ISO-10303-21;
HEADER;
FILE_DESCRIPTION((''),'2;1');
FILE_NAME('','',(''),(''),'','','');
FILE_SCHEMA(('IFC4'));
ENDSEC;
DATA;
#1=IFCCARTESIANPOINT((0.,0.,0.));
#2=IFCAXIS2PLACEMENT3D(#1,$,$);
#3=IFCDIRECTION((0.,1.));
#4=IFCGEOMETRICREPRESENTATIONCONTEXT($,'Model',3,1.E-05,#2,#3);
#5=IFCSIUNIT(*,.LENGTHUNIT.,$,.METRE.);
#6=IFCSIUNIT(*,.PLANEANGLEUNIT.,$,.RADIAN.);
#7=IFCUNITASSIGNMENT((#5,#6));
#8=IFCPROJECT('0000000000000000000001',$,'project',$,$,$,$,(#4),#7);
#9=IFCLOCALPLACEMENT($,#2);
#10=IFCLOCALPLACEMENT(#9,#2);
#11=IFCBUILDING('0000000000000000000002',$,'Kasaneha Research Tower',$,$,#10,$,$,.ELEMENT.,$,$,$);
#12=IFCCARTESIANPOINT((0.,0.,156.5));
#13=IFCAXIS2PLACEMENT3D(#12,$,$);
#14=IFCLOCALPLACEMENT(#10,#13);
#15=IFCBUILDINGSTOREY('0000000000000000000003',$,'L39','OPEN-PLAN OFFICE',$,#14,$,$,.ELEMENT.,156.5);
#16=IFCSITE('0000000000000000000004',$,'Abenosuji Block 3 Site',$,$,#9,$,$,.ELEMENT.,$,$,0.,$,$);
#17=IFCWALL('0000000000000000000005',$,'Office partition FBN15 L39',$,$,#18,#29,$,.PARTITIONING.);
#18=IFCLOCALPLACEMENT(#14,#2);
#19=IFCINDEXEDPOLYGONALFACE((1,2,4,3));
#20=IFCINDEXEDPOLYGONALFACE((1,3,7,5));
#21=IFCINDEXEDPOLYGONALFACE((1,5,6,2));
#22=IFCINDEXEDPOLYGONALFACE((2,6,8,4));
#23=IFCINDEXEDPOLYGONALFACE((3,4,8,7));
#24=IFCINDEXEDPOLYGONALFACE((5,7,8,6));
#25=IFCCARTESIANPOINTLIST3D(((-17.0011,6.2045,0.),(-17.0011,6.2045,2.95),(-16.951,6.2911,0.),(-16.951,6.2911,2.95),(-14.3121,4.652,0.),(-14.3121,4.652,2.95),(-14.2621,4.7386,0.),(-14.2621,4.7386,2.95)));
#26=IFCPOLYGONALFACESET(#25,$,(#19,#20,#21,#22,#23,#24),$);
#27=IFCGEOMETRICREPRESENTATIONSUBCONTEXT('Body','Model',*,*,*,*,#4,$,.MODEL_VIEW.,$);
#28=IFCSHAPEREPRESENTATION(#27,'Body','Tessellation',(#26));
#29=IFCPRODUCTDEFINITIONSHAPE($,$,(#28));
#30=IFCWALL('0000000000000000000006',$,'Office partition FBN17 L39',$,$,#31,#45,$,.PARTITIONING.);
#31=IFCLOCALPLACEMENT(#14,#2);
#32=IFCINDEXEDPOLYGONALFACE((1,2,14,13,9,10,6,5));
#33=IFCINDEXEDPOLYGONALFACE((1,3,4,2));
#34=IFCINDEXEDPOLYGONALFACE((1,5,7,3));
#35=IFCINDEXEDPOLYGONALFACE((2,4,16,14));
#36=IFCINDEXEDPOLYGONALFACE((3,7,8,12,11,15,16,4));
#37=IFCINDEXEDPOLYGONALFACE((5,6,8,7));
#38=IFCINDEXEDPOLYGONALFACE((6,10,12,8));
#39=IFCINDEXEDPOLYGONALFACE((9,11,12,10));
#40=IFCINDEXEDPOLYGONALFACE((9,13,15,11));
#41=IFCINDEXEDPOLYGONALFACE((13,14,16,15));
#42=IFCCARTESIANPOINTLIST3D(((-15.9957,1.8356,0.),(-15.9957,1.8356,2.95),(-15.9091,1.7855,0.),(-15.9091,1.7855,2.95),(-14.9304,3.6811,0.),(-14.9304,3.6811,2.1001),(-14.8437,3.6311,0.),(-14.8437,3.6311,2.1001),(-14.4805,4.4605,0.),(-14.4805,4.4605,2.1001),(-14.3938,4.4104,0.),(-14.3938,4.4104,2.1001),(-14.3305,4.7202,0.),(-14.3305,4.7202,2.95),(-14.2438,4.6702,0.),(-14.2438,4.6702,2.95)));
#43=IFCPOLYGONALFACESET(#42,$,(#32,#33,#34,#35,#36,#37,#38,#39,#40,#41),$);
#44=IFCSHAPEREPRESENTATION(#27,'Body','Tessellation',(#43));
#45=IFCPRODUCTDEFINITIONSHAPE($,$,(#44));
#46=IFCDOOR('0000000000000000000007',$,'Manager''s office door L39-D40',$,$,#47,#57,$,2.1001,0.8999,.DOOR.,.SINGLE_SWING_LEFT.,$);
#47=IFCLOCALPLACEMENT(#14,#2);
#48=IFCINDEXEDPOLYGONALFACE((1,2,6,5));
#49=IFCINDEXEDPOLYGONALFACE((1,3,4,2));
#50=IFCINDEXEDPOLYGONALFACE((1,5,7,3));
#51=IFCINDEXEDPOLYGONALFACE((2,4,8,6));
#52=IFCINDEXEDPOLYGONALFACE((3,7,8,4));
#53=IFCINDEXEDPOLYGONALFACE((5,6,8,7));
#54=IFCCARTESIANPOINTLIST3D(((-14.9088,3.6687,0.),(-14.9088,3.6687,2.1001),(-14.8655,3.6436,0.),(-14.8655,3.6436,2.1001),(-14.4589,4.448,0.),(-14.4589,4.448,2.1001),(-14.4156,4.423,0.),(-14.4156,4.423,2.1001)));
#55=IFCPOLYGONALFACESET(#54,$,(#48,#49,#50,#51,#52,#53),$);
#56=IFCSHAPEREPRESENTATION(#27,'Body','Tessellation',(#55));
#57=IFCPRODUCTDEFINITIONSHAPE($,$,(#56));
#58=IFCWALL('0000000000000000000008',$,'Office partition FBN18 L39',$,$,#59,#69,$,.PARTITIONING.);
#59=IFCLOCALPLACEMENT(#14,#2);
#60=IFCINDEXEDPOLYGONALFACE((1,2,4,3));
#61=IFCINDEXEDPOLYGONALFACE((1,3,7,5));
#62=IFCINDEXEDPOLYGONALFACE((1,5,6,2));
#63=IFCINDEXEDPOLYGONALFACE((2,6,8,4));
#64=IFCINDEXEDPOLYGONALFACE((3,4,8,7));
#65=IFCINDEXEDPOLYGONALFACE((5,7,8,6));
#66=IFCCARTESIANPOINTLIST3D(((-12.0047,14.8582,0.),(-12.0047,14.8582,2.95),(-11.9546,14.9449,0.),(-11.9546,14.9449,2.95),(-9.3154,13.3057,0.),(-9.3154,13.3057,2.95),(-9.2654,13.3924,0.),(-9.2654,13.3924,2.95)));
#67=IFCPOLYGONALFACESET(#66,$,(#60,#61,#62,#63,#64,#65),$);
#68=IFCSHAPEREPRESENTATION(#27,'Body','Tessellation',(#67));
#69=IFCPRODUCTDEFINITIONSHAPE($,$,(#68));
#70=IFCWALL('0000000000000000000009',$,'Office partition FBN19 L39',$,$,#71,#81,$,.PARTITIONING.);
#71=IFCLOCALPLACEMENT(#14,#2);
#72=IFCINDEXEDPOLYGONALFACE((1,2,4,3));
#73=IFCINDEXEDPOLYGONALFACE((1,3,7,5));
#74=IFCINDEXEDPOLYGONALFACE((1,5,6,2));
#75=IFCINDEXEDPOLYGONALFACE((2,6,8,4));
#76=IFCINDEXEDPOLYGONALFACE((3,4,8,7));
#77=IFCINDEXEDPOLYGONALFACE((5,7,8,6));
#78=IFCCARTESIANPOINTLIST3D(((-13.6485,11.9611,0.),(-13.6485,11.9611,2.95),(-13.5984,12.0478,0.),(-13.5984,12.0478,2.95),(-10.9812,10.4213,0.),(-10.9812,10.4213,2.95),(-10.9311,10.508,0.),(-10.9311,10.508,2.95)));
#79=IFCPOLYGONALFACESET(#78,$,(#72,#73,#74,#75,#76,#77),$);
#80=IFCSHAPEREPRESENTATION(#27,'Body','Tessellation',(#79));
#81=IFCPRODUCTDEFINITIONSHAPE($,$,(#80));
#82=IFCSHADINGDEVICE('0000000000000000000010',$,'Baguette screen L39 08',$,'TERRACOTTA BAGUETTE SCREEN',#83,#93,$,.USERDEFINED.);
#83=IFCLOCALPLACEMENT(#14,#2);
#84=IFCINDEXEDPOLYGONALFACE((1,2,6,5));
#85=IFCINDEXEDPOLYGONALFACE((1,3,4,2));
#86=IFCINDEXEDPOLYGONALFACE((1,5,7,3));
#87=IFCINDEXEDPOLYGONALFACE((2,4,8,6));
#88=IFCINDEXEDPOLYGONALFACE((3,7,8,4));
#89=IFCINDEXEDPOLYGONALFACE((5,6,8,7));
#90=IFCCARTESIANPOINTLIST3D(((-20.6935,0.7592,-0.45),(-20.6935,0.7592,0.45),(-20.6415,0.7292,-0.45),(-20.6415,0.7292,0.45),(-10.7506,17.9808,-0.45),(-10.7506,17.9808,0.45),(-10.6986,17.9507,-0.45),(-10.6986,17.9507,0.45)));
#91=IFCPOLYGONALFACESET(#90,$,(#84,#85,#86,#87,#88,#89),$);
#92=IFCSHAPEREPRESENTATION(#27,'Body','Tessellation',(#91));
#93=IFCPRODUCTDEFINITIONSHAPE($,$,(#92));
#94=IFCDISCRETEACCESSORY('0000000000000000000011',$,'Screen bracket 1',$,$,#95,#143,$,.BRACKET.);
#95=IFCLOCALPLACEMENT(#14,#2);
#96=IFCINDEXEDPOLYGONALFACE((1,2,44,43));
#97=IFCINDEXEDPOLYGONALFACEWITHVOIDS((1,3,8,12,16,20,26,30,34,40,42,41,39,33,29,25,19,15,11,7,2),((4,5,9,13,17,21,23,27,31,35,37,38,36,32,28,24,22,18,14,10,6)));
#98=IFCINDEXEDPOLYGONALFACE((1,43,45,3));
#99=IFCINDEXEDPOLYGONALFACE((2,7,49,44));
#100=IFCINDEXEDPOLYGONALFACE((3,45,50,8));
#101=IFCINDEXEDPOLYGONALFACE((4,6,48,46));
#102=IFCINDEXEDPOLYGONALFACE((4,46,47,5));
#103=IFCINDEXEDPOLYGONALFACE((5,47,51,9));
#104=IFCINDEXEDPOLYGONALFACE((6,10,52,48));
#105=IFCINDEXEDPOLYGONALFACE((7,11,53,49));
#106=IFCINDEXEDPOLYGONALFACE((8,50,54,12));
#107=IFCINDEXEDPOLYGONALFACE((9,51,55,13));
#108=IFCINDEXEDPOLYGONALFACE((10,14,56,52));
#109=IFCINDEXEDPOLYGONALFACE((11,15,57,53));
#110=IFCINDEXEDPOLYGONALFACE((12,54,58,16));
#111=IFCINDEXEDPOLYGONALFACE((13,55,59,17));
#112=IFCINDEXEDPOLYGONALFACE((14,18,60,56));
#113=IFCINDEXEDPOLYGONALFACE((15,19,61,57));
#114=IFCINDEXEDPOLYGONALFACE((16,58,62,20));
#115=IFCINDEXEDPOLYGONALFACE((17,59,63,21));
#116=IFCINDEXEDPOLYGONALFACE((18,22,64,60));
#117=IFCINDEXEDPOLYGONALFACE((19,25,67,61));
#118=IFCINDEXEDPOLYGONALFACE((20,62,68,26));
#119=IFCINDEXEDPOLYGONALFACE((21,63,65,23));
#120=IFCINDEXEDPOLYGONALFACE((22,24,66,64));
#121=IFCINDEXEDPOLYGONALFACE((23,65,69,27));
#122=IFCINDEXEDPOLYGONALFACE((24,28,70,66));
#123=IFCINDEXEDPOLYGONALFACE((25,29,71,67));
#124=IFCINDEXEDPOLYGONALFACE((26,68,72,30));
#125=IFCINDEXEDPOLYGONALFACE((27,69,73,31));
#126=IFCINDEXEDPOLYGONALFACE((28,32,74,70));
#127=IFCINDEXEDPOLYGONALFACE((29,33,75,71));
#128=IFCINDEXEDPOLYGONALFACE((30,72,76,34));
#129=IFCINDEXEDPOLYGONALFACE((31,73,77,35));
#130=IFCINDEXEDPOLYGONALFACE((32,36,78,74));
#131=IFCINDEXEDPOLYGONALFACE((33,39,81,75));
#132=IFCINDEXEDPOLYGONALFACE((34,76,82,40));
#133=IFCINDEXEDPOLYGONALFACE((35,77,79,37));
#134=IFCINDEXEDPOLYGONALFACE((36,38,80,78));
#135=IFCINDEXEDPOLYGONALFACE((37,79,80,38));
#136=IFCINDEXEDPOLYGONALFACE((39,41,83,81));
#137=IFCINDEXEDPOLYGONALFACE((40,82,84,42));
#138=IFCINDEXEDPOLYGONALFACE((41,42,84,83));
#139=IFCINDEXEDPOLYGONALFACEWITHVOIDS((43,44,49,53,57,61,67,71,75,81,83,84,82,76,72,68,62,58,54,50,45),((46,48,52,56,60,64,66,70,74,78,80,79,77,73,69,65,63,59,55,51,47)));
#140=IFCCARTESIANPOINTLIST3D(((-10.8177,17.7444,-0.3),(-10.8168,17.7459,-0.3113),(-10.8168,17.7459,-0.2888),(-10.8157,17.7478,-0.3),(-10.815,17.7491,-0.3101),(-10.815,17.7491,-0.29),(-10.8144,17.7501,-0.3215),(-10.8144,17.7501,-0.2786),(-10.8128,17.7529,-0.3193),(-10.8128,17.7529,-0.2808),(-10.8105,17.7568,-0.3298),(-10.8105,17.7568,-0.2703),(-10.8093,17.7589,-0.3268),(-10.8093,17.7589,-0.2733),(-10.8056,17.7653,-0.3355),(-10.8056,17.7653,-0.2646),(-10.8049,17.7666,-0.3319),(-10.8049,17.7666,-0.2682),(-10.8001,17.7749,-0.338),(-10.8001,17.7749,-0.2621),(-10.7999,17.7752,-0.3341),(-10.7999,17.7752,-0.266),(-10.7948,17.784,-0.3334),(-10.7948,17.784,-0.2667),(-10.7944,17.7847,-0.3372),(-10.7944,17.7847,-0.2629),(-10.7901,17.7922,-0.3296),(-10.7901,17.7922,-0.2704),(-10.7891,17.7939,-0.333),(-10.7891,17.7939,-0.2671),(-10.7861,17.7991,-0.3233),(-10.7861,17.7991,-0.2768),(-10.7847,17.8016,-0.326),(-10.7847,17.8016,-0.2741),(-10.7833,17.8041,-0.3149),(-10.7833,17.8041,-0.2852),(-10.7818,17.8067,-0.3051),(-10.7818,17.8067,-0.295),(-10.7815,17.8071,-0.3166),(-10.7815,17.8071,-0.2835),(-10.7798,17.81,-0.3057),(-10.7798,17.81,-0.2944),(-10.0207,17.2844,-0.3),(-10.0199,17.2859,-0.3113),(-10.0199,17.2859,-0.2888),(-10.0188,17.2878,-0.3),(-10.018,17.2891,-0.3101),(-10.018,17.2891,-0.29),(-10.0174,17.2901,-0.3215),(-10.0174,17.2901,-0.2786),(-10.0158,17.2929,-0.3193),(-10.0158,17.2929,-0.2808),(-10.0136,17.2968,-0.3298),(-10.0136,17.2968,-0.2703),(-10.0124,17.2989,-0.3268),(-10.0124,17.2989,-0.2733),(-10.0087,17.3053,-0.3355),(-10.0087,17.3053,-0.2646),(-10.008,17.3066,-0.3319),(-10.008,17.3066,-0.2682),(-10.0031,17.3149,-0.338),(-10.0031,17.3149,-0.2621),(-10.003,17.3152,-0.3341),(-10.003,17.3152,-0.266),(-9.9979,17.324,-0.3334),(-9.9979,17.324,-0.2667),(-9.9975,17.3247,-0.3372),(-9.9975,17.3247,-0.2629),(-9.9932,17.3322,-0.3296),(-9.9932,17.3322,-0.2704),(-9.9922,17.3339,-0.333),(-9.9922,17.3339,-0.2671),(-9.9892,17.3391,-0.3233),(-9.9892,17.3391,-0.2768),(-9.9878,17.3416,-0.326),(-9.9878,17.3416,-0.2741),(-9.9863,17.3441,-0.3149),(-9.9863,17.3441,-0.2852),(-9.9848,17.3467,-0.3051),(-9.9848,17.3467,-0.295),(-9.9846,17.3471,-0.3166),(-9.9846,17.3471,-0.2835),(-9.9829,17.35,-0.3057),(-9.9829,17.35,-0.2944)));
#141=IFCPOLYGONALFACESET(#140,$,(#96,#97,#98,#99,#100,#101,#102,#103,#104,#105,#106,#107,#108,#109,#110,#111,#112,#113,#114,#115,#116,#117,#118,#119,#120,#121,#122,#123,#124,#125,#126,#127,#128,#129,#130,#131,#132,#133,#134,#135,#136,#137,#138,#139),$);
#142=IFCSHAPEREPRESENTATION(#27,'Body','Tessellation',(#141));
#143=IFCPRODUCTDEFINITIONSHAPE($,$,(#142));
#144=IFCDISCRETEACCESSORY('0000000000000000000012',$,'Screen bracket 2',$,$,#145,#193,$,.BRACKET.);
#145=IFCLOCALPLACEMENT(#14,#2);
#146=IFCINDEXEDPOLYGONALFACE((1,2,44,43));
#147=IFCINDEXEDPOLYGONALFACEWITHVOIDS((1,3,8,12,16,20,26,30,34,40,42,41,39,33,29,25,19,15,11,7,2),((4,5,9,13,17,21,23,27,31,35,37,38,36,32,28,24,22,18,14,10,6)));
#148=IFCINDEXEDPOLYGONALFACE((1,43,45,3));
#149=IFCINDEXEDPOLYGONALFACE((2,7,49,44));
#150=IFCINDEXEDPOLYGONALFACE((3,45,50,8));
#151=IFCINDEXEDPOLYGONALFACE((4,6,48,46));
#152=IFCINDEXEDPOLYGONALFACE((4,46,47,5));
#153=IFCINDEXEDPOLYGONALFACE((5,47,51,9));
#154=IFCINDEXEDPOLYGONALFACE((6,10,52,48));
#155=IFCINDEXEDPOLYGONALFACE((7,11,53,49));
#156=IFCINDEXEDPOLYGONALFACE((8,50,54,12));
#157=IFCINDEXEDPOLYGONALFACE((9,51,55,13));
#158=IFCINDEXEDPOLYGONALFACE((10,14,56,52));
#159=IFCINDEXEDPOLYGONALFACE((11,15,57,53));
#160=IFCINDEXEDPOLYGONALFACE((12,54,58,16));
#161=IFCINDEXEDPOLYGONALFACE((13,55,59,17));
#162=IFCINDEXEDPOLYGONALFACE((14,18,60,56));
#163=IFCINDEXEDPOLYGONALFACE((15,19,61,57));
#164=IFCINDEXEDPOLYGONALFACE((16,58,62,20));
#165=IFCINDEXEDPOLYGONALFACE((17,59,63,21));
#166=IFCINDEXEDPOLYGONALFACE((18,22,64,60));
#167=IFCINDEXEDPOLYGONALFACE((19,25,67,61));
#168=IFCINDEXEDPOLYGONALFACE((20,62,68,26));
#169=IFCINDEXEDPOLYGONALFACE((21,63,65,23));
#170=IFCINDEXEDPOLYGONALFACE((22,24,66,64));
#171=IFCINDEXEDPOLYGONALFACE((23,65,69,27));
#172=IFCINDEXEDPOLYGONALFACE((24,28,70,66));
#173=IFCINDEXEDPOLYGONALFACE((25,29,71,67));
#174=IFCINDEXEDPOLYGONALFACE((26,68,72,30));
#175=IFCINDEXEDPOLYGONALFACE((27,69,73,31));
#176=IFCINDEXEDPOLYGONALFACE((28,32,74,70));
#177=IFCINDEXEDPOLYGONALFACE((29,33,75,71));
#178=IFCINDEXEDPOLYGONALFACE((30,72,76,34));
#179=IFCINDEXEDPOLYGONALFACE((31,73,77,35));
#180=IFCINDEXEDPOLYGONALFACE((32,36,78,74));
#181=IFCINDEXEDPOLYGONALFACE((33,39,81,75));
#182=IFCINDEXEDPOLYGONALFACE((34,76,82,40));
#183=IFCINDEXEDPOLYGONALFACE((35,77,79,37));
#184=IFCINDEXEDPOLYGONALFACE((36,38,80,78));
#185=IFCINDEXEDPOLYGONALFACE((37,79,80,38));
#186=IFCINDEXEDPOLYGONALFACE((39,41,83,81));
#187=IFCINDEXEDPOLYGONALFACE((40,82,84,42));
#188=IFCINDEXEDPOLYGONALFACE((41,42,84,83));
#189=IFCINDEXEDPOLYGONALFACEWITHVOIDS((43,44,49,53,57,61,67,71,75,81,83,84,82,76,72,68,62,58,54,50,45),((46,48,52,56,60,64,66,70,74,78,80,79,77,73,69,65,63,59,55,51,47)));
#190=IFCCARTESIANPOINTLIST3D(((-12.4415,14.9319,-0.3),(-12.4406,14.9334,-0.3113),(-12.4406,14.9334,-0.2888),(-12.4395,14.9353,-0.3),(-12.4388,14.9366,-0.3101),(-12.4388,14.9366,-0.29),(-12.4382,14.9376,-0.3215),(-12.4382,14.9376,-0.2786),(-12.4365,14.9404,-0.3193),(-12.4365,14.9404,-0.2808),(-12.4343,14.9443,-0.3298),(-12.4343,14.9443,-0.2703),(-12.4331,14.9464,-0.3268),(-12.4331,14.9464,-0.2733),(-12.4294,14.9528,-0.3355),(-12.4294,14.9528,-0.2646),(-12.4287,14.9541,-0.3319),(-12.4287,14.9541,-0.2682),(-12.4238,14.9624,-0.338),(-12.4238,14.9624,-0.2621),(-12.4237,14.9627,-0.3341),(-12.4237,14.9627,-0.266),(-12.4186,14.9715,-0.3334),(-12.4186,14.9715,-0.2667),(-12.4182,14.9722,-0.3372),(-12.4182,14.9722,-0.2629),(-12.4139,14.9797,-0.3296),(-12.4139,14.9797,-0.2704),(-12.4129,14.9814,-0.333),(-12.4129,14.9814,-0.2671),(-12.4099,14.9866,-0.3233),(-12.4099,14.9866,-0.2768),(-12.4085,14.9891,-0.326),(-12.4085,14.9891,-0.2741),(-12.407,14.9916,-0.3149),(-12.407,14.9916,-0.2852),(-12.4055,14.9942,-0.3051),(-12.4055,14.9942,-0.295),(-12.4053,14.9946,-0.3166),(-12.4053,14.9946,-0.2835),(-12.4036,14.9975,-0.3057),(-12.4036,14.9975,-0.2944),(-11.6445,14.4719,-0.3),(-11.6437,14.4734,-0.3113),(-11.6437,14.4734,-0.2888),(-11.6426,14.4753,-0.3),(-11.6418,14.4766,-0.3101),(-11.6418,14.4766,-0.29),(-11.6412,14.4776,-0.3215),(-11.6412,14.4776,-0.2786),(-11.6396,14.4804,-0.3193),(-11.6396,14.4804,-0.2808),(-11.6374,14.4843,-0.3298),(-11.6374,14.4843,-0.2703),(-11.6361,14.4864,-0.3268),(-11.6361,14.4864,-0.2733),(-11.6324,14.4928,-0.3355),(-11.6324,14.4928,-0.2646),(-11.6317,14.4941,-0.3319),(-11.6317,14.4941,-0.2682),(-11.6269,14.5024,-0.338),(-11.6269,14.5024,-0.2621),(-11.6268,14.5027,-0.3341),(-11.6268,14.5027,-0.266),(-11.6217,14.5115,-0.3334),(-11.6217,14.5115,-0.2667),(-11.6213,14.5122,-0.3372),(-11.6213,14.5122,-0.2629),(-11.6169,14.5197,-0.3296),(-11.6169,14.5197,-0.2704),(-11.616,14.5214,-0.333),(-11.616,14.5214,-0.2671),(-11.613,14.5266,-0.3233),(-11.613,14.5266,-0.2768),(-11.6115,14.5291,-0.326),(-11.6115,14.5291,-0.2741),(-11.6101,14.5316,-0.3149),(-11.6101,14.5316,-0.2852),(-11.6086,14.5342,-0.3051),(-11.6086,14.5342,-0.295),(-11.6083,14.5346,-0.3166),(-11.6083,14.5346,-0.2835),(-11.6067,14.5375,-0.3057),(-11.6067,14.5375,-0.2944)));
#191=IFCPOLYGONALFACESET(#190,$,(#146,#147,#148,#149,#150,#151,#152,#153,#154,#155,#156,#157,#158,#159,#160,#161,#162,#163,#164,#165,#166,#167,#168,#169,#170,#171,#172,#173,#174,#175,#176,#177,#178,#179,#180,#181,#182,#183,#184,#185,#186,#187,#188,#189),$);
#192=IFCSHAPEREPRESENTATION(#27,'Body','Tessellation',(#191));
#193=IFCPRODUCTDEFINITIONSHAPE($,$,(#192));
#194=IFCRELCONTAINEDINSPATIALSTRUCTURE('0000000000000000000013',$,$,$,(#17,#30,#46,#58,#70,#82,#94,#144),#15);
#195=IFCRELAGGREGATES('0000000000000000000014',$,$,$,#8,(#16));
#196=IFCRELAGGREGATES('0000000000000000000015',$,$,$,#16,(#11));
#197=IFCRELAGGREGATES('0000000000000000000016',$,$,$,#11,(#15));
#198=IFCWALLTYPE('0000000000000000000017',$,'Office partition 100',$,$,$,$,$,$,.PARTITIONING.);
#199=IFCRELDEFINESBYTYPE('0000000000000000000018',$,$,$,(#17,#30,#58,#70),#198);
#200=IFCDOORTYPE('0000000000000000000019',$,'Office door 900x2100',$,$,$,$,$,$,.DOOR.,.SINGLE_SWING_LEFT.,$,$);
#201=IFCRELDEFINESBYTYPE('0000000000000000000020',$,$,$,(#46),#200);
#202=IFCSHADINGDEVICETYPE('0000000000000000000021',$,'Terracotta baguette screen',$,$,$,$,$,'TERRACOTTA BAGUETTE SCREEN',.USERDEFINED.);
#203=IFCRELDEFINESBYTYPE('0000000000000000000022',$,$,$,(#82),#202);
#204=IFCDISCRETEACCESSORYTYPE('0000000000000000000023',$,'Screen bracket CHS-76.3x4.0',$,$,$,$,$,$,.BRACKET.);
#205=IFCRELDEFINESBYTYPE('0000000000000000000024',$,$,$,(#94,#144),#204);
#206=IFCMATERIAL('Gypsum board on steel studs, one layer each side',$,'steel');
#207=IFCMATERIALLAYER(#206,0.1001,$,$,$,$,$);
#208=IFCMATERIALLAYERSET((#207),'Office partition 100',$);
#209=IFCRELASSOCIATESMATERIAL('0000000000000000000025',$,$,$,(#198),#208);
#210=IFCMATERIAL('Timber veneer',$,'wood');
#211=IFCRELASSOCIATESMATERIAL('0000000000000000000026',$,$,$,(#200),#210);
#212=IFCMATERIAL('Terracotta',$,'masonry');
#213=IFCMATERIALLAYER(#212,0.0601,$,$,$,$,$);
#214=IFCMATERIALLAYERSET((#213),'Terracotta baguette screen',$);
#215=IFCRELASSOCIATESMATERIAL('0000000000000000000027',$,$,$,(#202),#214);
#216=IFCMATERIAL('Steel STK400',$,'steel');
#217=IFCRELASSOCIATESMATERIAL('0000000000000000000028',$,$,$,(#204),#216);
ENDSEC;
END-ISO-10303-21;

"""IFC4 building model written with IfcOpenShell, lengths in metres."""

from ifc_helpers import new_model, si_unit, direction, frame, frame_2d, origin, origin_2d, place, context, subcontext, project, spatial, rectangle, hollow_circle, extrude, material, layer, layer_set, material_profile, profile_set, type_object, element, fill, save


model = new_model("IFC4")

# Units and contexts
model_context = context("Model", 3, precision=1e-05, world=origin(), true_north=direction((0.0, 1.0)))
body_context = subcontext(model_context, "Body", "Model", "MODEL_VIEW")
ifc_project = project(units=[si_unit("LENGTHUNIT", "METRE"), si_unit("PLANEANGLEUNIT", "RADIAN")], contexts=[model_context])

# Site, building, storey
site_placement = place(None, origin())
site = spatial("IfcSite", under=ifc_project, at=site_placement, Name="Abenosuji Block 3 Site", CompositionType="ELEMENT", RefElevation=0.0)
building_placement = place(site_placement, origin())
building = spatial("IfcBuilding", under=site, at=building_placement, Name="Kasaneha Research Tower", CompositionType="ELEMENT")
storey_placement = place(building_placement, frame((0.0, 0.0, 156.5)))
storey = spatial("IfcBuildingStorey", under=building, at=storey_placement, Name="L39", Description="OPEN-PLAN OFFICE", CompositionType="ELEMENT", Elevation=156.5)

# Wall
ifc_material_1 = material(Name="Gypsum board on steel studs, one layer each side", Category="steel")
ifc_layer_1 = layer(ifc_material_1, 0.1001)
ifc_layer_set_1 = layer_set([ifc_layer_1], Name="Office partition 100")
wall_type = type_object("IfcWallType", Name="Office partition 100", PredefinedType="PARTITIONING", material=ifc_layer_set_1)
wall_1_placement = place(storey_placement, frame((-16.9761, 6.2478, 0.0), z_axis=(0.0, 0.0, 1.0), x_axis=(0.866023, -0.500004, 0.0)))
element("IfcWall", 1, at=wall_1_placement, inside=storey, type_object=wall_type, Name="Office partition FBN15 L39", PredefinedType="PARTITIONING", context=body_context, shape_type="SweptSolid", body=[
    extrude(rectangle(XDim=3.105, YDim=0.1001, at=frame_2d((1.5525, 0.0))), origin(), (0.0, 0.0, 1.0), 2.95),
])

# Wall, opening, door
wall_2_placement = place(storey_placement, frame((-14.2871, 4.6953, 0.0), z_axis=(0.0, 0.0, 1.0), x_axis=(-0.499947, -0.866056, 0.0)))
wall_2 = element("IfcWall", 2, at=wall_2_placement, inside=storey, type_object=wall_type, Name="Office partition FBN17 L39", PredefinedType="PARTITIONING", context=body_context, shape_type="SweptSolid", body=[
    extrude(rectangle(XDim=3.3308, YDim=0.1001, at=frame_2d((1.6655, 0.0))), origin(), (0.0, 0.0, 1.0), 2.95),
])
opening_placement = place(wall_2_placement, frame((0.3, 0.0, 0.0)))
opening = element("IfcOpeningElement", 3, at=opening_placement, cuts=wall_2, PredefinedType="OPENING", context=body_context, shape_type="SweptSolid", body=[
    extrude(rectangle(XDim=0.8999, YDim=2.1001, at=frame_2d((0.45, 1.05))), frame((0.0, 0.0601, 0.0), z_axis=(0.0, -1.0, 0.0), x_axis=(1.0, 0.0, 0.0)), (0.0, 0.0, 1.0), 0.1201),
])
ifc_material_2 = material(Name="Timber veneer", Category="wood")
door_type = type_object("IfcDoorType", Name="Office door 900x2100", OperationType="SINGLE_SWING_LEFT", PredefinedType="DOOR", material=ifc_material_2)
door_placement = place(opening_placement, origin())
door = element("IfcDoor", 4, at=door_placement, inside=storey, type_object=door_type, Name="Manager's office door L39-D40", OperationType="SINGLE_SWING_LEFT", OverallHeight=2.1001, OverallWidth=0.8999, PredefinedType="DOOR", context=body_context, shape_type="SweptSolid", body=[
    extrude(rectangle(XDim=0.8999, YDim=2.1001, at=frame_2d((0.45, 1.05))), frame((0.0, 0.0249, 0.0), z_axis=(0.0, -1.0, 0.0), x_axis=(1.0, 0.0, 0.0)), (0.0, 0.0, 1.0), 0.05),
])
fill(opening, door)

# Walls
wall_3_placement = place(storey_placement, frame((-11.9797, 14.9016, 0.0), z_axis=(0.0, 0.0, 1.0), x_axis=(0.866043, -0.49997, 0.0)))
element("IfcWall", 5, at=wall_3_placement, inside=storey, type_object=wall_type, Name="Office partition FBN18 L39", PredefinedType="PARTITIONING", context=body_context, shape_type="SweptSolid", body=[
    extrude(rectangle(XDim=3.1052, YDim=0.1001, at=frame_2d((1.5527, 0.0))), origin(), (0.0, 0.0, 1.0), 2.95),
])
wall_4_placement = place(storey_placement, frame((-10.9561, 10.4646, 0.0), z_axis=(0.0, 0.0, 1.0), x_axis=(-0.866044, 0.499967, 0.0)))
element("IfcWall", 6, at=wall_4_placement, inside=storey, type_object=wall_type, Name="Office partition FBN19 L39", PredefinedType="PARTITIONING", context=body_context, shape_type="SweptSolid", body=[
    extrude(rectangle(XDim=3.0798, YDim=0.1001, at=frame_2d((1.54, 0.0))), origin(), (0.0, 0.0, 1.0), 2.95),
])

# Shading device
ifc_material_3 = material(Name="Terracotta", Category="masonry")
ifc_layer_2 = layer(ifc_material_3, 0.0601)
ifc_layer_set_2 = layer_set([ifc_layer_2], Name="Terracotta baguette screen")
shading_device_type = type_object("IfcShadingDeviceType", Name="Terracotta baguette screen", ElementType="TERRACOTTA BAGUETTE SCREEN", PredefinedType="USERDEFINED", material=ifc_layer_set_2)
shading_device_placement = place(storey_placement, frame((-15.696, 9.355, -0.45), z_axis=(0.0, 0.0, 1.0), x_axis=(-0.5, -0.866025, 0.0)))
element("IfcShadingDevice", 7, at=shading_device_placement, inside=storey, type_object=shading_device_type, Name="Baguette screen L39 08", ObjectType="TERRACOTTA BAGUETTE SCREEN", PredefinedType="USERDEFINED", context=body_context, shape_type="SweptSolid", body=[
    extrude(rectangle(XDim=19.8857, YDim=0.0601, at=origin_2d()), origin(), (0.0, 0.0, 1.0), 0.8999),
])

# Discrete accessories
ifc_material_4 = material(Name="Steel STK400", Category="steel")
ifc_material_profile_1 = material_profile(ifc_material_4, hollow_circle(Radius=0.0381, WallThickness=0.0039, at=origin_2d()), Name="CHS-76.3x4.0")
ifc_profile_set_1 = profile_set([ifc_material_profile_1], Name="Steel STK400")
discrete_accessory_type = type_object("IfcDiscreteAccessoryType", Name="Screen bracket CHS-76.3x4.0", PredefinedType="BRACKET", material=ifc_profile_set_1)
for number, where, z_axis, x_axis, name in (
    (8, (-10.0017, 17.3174, -0.3), (-0.86608, 0.499906, 0.0), (-0.499906, -0.86608, 0.0), "Screen bracket 1"),
    (9, (-11.6255, 14.5049, -0.3), (-0.86608, 0.499906, 0.0), (-0.499906, -0.86608, 0.0), "Screen bracket 2"),
):
    element("IfcDiscreteAccessory", number, at=place(storey_placement, frame(where, z_axis=z_axis, x_axis=x_axis)), inside=storey, type_object=discrete_accessory_type, Name=name, PredefinedType="BRACKET", context=body_context, shape_type="SweptSolid", body=[
        extrude(hollow_circle(Radius=0.0381, WallThickness=0.0039, at=origin_2d()), origin(), (0.0, 0.0, 1.0), 0.9202),
    ])

save(model, "model.ifc")
